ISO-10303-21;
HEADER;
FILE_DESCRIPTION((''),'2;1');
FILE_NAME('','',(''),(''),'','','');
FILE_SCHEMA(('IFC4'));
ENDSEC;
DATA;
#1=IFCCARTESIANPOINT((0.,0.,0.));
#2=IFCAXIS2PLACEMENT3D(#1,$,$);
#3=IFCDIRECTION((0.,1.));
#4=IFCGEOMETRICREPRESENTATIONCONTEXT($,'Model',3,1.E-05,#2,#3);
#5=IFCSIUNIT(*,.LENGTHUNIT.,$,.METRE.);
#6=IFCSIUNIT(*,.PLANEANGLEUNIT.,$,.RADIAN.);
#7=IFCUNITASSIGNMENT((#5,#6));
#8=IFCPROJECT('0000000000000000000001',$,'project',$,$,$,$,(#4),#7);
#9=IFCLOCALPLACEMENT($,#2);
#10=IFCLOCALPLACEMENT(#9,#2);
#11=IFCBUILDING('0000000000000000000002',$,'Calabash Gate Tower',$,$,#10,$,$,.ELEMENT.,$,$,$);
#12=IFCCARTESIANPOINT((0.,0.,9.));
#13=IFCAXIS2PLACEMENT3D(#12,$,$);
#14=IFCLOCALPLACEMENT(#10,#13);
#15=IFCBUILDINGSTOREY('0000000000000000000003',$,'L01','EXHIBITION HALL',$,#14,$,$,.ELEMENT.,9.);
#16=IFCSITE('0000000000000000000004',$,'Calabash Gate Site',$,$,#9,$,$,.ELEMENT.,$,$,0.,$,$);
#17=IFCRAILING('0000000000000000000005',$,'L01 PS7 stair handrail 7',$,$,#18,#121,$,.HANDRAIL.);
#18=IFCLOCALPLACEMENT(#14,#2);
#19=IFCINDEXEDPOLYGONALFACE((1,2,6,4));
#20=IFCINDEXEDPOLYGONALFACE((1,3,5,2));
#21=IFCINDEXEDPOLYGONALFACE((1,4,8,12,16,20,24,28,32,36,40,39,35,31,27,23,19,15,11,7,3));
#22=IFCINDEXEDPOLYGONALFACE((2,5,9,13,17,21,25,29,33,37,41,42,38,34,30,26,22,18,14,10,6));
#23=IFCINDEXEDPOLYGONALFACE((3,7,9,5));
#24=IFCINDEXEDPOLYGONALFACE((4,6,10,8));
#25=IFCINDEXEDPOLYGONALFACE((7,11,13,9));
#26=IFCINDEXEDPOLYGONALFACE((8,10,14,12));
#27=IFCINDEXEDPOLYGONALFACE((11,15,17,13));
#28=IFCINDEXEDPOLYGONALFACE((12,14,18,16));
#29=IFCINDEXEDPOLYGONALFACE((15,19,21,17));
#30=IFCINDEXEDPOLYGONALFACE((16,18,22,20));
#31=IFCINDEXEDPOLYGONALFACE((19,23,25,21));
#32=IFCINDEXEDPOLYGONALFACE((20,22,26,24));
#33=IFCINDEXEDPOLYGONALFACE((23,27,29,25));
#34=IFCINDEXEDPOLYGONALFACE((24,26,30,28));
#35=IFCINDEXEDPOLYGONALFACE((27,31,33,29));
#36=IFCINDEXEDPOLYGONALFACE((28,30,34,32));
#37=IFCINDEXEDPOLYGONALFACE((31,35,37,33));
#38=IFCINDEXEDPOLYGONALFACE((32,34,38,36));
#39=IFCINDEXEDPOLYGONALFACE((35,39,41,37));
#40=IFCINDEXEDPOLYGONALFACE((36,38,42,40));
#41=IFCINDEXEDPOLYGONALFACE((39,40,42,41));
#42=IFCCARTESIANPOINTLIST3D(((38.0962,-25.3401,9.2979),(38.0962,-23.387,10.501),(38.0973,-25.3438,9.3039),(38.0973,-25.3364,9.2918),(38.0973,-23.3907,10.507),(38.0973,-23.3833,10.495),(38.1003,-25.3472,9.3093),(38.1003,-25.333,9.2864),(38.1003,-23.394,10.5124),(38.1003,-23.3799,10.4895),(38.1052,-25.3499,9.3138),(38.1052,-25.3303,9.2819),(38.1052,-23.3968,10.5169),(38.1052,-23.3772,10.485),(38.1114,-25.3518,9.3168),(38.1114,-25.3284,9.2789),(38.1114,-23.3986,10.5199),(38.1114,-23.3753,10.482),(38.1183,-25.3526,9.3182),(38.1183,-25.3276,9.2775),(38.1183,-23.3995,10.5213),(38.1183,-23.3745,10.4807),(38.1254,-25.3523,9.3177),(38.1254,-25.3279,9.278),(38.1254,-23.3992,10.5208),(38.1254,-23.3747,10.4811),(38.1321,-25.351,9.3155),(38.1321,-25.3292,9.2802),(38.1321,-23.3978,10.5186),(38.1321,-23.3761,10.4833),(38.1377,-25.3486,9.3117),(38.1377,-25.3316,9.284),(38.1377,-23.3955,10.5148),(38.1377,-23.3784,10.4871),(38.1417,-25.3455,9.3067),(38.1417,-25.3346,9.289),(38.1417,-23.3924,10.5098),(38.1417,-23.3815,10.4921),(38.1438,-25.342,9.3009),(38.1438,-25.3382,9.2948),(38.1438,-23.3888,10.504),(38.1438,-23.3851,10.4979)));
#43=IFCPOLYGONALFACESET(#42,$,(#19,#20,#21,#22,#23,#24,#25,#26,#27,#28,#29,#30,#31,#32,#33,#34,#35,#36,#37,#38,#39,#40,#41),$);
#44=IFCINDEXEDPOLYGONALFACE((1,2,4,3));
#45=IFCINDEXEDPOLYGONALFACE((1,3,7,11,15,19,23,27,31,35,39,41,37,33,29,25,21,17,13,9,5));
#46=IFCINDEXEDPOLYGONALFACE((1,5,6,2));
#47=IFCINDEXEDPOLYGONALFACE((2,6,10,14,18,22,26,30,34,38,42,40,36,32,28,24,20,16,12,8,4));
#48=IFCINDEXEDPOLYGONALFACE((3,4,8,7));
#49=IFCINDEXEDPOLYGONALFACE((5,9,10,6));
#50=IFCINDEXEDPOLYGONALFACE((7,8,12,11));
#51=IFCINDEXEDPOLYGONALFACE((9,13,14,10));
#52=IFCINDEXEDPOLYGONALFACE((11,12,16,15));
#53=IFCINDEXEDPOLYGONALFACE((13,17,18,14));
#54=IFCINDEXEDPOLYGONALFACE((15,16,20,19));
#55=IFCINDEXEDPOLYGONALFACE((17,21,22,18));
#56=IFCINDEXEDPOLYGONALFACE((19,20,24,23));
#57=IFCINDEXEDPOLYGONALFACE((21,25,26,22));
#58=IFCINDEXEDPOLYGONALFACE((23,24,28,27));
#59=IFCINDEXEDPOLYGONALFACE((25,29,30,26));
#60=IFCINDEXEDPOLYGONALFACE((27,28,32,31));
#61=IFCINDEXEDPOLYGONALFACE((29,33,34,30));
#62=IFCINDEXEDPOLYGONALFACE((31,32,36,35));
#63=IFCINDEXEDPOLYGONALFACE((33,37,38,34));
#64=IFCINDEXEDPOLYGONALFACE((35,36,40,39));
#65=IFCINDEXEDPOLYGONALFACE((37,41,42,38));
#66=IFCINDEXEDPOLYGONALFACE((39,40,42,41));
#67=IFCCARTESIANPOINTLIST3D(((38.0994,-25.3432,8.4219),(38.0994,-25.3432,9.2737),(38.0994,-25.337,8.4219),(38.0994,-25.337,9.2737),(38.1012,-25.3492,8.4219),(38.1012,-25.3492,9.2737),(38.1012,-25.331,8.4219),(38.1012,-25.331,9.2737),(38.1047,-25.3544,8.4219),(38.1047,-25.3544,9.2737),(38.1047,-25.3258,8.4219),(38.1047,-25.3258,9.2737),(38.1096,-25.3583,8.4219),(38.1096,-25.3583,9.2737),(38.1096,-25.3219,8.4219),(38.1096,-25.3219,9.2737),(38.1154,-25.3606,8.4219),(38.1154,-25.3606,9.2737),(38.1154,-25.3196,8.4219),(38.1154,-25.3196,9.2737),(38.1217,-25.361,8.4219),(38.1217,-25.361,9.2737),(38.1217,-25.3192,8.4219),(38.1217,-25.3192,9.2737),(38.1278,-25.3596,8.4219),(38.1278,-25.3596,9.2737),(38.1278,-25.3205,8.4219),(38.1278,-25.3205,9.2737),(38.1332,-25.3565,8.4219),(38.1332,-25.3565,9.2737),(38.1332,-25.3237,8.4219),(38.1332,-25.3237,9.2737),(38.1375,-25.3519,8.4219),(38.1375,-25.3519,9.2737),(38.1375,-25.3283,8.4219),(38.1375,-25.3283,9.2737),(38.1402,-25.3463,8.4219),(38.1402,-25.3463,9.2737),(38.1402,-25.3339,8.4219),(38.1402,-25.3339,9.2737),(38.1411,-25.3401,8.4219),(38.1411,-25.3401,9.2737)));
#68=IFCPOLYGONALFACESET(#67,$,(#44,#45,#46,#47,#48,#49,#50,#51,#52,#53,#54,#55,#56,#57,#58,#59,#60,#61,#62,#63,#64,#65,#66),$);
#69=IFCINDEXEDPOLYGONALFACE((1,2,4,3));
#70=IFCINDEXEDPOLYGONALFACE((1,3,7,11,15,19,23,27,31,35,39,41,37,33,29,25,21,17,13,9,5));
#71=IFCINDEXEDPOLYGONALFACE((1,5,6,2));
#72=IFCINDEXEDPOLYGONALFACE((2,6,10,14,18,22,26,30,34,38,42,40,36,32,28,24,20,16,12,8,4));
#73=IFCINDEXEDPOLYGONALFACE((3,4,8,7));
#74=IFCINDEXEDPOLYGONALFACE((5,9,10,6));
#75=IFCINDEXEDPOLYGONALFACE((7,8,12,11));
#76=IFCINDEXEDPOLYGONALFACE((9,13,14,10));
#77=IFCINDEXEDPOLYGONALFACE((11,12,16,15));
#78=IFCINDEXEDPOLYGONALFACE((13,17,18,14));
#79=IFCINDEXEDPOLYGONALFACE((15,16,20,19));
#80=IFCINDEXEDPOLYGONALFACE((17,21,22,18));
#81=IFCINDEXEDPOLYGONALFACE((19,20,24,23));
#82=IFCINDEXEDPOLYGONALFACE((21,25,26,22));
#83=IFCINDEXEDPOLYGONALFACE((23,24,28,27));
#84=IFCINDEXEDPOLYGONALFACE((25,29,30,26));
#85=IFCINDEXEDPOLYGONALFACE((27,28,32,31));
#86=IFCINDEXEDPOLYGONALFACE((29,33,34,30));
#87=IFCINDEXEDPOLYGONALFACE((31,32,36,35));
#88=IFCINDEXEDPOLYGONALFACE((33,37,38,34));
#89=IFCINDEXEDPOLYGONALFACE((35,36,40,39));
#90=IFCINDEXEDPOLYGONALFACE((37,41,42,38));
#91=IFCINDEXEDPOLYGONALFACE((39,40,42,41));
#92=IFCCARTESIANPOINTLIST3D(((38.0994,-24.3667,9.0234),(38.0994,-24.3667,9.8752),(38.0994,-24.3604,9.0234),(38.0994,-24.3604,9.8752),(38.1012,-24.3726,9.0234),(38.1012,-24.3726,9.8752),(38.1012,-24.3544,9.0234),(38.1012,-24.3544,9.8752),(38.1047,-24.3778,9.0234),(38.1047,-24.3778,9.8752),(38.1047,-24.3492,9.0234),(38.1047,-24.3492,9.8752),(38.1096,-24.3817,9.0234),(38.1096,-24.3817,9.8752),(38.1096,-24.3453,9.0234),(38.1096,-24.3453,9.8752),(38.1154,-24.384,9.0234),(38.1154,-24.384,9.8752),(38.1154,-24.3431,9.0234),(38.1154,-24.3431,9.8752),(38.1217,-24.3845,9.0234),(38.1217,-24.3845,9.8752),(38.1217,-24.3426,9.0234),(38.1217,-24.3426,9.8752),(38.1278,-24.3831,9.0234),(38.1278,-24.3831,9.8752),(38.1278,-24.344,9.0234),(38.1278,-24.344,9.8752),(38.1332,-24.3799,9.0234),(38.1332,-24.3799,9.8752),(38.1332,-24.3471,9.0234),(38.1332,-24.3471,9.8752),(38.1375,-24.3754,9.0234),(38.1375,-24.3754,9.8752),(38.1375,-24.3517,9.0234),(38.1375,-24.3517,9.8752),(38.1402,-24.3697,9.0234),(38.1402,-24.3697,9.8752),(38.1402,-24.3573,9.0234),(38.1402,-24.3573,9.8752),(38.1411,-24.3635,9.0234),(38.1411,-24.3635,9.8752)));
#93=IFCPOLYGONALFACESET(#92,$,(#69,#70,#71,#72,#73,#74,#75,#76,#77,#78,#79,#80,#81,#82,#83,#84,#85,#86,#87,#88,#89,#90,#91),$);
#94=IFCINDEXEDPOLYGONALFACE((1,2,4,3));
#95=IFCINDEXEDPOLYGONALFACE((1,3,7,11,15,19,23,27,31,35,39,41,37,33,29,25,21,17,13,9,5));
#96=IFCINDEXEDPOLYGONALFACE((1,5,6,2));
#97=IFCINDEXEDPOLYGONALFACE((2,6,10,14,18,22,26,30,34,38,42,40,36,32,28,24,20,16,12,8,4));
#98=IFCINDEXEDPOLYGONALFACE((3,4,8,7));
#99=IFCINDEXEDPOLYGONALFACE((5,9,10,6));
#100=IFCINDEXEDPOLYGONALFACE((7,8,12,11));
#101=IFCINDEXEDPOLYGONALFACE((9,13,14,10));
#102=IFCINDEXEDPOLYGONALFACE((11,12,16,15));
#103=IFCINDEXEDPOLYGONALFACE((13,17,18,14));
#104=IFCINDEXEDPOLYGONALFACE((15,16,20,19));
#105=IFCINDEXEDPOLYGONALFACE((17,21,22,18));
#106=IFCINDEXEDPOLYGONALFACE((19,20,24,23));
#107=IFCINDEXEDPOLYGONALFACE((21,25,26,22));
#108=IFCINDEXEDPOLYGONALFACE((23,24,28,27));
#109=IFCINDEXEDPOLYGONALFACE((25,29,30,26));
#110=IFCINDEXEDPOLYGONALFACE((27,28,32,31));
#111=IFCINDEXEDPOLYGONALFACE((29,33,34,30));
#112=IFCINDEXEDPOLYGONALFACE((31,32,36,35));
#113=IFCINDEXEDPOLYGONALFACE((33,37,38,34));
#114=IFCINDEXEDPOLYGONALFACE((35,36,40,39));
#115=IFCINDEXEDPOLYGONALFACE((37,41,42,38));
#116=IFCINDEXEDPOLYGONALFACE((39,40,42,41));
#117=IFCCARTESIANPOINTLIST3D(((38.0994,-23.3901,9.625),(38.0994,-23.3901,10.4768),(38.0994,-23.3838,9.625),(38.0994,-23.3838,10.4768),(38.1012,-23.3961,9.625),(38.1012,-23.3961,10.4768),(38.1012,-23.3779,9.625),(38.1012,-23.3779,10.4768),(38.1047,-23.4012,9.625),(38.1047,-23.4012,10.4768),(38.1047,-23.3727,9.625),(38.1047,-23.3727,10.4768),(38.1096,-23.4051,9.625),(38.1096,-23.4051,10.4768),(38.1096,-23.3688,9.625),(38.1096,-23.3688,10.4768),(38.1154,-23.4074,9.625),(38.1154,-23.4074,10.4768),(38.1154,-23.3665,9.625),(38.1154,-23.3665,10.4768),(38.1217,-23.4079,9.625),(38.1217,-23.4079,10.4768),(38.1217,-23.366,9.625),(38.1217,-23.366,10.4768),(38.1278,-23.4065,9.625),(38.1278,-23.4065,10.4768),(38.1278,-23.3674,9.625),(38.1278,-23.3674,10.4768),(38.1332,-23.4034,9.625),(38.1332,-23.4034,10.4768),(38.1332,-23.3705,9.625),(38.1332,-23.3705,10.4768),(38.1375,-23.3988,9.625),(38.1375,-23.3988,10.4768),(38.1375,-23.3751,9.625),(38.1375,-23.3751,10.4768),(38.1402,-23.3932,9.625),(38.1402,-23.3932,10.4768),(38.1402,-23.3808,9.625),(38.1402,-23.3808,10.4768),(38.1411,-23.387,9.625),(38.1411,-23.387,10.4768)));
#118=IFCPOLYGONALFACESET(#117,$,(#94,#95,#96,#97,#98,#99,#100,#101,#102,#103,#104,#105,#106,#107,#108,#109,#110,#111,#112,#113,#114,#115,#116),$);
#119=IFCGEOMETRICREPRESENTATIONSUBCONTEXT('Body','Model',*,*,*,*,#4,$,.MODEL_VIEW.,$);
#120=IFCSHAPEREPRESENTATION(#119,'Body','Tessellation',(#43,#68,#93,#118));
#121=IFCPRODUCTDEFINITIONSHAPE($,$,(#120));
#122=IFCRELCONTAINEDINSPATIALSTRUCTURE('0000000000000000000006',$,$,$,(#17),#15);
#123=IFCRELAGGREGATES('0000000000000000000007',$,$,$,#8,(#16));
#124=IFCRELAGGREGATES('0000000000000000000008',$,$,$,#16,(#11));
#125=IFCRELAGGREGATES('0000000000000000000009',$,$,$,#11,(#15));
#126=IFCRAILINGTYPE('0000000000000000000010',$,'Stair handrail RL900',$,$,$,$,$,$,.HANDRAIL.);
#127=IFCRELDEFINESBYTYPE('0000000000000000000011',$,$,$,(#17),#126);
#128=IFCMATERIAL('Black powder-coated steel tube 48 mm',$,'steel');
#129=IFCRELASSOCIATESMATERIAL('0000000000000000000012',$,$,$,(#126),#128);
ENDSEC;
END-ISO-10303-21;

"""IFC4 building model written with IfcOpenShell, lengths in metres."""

from ifc_helpers import new_model, si_unit, direction, frame, origin, origin_2d, place, context, subcontext, project, spatial, circle, extrude, material, type_object, element, save


model = new_model("IFC4")

# Units and contexts
model_context = context("Model", 3, precision=1e-05, world=origin(), true_north=direction((0.0, 1.0)))
body_context = subcontext(model_context, "Body", "Model", "MODEL_VIEW")
ifc_project = project(units=[si_unit("LENGTHUNIT", "METRE"), si_unit("PLANEANGLEUNIT", "RADIAN")], contexts=[model_context])

# Site, building, storey
site_placement = place(None, origin())
site = spatial("IfcSite", under=ifc_project, at=site_placement, Name="Calabash Gate Site", CompositionType="ELEMENT", RefElevation=0.0)
building_placement = place(site_placement, origin())
building = spatial("IfcBuilding", under=site, at=building_placement, Name="Calabash Gate Tower", CompositionType="ELEMENT")
storey_placement = place(building_placement, frame((0.0, 0.0, 9.0)))
storey = spatial("IfcBuildingStorey", under=building, at=storey_placement, Name="L01", Description="EXHIBITION HALL", CompositionType="ELEMENT", Elevation=9.0)

# Railing
ifc_material_1 = material(Name="Black powder-coated steel tube 48 mm", Category="steel")
railing_type_1 = type_object("IfcRailingType", Name="Stair handrail RL900", PredefinedType="HANDRAIL", material=ifc_material_1)
for number, where, name in (
    (1, (38.1201, -25.3401, 8.4219), "L01 PS7 stair handrail 7"),
):
    element("IfcRailing", number, at=place(storey_placement, frame(where)), inside=storey, type_object=railing_type_1, Name=name, PredefinedType="HANDRAIL", context=body_context, shape_type="SweptSolid", body=[
        extrude(circle(Radius=0.0239, at=origin_2d()), frame((0.0, 0.0, 0.876), z_axis=(0.0, 0.851424, 0.524477), x_axis=(-1.0, 0.0, 0.0)), (0.0, 0.0, 1.0), 2.2939),
        extrude(circle(Radius=0.021, at=origin_2d()), origin(), (0.0, 0.0, 1.0), 0.8518),
        extrude(circle(Radius=0.021, at=origin_2d()), frame((0.0, 0.9766, 0.6016)), (0.0, 0.0, 1.0), 0.8518),
        extrude(circle(Radius=0.021, at=origin_2d()), frame((0.0, 1.9531, 1.2031)), (0.0, 0.0, 1.0), 0.8518),
    ])

save(model, "model.ifc")
